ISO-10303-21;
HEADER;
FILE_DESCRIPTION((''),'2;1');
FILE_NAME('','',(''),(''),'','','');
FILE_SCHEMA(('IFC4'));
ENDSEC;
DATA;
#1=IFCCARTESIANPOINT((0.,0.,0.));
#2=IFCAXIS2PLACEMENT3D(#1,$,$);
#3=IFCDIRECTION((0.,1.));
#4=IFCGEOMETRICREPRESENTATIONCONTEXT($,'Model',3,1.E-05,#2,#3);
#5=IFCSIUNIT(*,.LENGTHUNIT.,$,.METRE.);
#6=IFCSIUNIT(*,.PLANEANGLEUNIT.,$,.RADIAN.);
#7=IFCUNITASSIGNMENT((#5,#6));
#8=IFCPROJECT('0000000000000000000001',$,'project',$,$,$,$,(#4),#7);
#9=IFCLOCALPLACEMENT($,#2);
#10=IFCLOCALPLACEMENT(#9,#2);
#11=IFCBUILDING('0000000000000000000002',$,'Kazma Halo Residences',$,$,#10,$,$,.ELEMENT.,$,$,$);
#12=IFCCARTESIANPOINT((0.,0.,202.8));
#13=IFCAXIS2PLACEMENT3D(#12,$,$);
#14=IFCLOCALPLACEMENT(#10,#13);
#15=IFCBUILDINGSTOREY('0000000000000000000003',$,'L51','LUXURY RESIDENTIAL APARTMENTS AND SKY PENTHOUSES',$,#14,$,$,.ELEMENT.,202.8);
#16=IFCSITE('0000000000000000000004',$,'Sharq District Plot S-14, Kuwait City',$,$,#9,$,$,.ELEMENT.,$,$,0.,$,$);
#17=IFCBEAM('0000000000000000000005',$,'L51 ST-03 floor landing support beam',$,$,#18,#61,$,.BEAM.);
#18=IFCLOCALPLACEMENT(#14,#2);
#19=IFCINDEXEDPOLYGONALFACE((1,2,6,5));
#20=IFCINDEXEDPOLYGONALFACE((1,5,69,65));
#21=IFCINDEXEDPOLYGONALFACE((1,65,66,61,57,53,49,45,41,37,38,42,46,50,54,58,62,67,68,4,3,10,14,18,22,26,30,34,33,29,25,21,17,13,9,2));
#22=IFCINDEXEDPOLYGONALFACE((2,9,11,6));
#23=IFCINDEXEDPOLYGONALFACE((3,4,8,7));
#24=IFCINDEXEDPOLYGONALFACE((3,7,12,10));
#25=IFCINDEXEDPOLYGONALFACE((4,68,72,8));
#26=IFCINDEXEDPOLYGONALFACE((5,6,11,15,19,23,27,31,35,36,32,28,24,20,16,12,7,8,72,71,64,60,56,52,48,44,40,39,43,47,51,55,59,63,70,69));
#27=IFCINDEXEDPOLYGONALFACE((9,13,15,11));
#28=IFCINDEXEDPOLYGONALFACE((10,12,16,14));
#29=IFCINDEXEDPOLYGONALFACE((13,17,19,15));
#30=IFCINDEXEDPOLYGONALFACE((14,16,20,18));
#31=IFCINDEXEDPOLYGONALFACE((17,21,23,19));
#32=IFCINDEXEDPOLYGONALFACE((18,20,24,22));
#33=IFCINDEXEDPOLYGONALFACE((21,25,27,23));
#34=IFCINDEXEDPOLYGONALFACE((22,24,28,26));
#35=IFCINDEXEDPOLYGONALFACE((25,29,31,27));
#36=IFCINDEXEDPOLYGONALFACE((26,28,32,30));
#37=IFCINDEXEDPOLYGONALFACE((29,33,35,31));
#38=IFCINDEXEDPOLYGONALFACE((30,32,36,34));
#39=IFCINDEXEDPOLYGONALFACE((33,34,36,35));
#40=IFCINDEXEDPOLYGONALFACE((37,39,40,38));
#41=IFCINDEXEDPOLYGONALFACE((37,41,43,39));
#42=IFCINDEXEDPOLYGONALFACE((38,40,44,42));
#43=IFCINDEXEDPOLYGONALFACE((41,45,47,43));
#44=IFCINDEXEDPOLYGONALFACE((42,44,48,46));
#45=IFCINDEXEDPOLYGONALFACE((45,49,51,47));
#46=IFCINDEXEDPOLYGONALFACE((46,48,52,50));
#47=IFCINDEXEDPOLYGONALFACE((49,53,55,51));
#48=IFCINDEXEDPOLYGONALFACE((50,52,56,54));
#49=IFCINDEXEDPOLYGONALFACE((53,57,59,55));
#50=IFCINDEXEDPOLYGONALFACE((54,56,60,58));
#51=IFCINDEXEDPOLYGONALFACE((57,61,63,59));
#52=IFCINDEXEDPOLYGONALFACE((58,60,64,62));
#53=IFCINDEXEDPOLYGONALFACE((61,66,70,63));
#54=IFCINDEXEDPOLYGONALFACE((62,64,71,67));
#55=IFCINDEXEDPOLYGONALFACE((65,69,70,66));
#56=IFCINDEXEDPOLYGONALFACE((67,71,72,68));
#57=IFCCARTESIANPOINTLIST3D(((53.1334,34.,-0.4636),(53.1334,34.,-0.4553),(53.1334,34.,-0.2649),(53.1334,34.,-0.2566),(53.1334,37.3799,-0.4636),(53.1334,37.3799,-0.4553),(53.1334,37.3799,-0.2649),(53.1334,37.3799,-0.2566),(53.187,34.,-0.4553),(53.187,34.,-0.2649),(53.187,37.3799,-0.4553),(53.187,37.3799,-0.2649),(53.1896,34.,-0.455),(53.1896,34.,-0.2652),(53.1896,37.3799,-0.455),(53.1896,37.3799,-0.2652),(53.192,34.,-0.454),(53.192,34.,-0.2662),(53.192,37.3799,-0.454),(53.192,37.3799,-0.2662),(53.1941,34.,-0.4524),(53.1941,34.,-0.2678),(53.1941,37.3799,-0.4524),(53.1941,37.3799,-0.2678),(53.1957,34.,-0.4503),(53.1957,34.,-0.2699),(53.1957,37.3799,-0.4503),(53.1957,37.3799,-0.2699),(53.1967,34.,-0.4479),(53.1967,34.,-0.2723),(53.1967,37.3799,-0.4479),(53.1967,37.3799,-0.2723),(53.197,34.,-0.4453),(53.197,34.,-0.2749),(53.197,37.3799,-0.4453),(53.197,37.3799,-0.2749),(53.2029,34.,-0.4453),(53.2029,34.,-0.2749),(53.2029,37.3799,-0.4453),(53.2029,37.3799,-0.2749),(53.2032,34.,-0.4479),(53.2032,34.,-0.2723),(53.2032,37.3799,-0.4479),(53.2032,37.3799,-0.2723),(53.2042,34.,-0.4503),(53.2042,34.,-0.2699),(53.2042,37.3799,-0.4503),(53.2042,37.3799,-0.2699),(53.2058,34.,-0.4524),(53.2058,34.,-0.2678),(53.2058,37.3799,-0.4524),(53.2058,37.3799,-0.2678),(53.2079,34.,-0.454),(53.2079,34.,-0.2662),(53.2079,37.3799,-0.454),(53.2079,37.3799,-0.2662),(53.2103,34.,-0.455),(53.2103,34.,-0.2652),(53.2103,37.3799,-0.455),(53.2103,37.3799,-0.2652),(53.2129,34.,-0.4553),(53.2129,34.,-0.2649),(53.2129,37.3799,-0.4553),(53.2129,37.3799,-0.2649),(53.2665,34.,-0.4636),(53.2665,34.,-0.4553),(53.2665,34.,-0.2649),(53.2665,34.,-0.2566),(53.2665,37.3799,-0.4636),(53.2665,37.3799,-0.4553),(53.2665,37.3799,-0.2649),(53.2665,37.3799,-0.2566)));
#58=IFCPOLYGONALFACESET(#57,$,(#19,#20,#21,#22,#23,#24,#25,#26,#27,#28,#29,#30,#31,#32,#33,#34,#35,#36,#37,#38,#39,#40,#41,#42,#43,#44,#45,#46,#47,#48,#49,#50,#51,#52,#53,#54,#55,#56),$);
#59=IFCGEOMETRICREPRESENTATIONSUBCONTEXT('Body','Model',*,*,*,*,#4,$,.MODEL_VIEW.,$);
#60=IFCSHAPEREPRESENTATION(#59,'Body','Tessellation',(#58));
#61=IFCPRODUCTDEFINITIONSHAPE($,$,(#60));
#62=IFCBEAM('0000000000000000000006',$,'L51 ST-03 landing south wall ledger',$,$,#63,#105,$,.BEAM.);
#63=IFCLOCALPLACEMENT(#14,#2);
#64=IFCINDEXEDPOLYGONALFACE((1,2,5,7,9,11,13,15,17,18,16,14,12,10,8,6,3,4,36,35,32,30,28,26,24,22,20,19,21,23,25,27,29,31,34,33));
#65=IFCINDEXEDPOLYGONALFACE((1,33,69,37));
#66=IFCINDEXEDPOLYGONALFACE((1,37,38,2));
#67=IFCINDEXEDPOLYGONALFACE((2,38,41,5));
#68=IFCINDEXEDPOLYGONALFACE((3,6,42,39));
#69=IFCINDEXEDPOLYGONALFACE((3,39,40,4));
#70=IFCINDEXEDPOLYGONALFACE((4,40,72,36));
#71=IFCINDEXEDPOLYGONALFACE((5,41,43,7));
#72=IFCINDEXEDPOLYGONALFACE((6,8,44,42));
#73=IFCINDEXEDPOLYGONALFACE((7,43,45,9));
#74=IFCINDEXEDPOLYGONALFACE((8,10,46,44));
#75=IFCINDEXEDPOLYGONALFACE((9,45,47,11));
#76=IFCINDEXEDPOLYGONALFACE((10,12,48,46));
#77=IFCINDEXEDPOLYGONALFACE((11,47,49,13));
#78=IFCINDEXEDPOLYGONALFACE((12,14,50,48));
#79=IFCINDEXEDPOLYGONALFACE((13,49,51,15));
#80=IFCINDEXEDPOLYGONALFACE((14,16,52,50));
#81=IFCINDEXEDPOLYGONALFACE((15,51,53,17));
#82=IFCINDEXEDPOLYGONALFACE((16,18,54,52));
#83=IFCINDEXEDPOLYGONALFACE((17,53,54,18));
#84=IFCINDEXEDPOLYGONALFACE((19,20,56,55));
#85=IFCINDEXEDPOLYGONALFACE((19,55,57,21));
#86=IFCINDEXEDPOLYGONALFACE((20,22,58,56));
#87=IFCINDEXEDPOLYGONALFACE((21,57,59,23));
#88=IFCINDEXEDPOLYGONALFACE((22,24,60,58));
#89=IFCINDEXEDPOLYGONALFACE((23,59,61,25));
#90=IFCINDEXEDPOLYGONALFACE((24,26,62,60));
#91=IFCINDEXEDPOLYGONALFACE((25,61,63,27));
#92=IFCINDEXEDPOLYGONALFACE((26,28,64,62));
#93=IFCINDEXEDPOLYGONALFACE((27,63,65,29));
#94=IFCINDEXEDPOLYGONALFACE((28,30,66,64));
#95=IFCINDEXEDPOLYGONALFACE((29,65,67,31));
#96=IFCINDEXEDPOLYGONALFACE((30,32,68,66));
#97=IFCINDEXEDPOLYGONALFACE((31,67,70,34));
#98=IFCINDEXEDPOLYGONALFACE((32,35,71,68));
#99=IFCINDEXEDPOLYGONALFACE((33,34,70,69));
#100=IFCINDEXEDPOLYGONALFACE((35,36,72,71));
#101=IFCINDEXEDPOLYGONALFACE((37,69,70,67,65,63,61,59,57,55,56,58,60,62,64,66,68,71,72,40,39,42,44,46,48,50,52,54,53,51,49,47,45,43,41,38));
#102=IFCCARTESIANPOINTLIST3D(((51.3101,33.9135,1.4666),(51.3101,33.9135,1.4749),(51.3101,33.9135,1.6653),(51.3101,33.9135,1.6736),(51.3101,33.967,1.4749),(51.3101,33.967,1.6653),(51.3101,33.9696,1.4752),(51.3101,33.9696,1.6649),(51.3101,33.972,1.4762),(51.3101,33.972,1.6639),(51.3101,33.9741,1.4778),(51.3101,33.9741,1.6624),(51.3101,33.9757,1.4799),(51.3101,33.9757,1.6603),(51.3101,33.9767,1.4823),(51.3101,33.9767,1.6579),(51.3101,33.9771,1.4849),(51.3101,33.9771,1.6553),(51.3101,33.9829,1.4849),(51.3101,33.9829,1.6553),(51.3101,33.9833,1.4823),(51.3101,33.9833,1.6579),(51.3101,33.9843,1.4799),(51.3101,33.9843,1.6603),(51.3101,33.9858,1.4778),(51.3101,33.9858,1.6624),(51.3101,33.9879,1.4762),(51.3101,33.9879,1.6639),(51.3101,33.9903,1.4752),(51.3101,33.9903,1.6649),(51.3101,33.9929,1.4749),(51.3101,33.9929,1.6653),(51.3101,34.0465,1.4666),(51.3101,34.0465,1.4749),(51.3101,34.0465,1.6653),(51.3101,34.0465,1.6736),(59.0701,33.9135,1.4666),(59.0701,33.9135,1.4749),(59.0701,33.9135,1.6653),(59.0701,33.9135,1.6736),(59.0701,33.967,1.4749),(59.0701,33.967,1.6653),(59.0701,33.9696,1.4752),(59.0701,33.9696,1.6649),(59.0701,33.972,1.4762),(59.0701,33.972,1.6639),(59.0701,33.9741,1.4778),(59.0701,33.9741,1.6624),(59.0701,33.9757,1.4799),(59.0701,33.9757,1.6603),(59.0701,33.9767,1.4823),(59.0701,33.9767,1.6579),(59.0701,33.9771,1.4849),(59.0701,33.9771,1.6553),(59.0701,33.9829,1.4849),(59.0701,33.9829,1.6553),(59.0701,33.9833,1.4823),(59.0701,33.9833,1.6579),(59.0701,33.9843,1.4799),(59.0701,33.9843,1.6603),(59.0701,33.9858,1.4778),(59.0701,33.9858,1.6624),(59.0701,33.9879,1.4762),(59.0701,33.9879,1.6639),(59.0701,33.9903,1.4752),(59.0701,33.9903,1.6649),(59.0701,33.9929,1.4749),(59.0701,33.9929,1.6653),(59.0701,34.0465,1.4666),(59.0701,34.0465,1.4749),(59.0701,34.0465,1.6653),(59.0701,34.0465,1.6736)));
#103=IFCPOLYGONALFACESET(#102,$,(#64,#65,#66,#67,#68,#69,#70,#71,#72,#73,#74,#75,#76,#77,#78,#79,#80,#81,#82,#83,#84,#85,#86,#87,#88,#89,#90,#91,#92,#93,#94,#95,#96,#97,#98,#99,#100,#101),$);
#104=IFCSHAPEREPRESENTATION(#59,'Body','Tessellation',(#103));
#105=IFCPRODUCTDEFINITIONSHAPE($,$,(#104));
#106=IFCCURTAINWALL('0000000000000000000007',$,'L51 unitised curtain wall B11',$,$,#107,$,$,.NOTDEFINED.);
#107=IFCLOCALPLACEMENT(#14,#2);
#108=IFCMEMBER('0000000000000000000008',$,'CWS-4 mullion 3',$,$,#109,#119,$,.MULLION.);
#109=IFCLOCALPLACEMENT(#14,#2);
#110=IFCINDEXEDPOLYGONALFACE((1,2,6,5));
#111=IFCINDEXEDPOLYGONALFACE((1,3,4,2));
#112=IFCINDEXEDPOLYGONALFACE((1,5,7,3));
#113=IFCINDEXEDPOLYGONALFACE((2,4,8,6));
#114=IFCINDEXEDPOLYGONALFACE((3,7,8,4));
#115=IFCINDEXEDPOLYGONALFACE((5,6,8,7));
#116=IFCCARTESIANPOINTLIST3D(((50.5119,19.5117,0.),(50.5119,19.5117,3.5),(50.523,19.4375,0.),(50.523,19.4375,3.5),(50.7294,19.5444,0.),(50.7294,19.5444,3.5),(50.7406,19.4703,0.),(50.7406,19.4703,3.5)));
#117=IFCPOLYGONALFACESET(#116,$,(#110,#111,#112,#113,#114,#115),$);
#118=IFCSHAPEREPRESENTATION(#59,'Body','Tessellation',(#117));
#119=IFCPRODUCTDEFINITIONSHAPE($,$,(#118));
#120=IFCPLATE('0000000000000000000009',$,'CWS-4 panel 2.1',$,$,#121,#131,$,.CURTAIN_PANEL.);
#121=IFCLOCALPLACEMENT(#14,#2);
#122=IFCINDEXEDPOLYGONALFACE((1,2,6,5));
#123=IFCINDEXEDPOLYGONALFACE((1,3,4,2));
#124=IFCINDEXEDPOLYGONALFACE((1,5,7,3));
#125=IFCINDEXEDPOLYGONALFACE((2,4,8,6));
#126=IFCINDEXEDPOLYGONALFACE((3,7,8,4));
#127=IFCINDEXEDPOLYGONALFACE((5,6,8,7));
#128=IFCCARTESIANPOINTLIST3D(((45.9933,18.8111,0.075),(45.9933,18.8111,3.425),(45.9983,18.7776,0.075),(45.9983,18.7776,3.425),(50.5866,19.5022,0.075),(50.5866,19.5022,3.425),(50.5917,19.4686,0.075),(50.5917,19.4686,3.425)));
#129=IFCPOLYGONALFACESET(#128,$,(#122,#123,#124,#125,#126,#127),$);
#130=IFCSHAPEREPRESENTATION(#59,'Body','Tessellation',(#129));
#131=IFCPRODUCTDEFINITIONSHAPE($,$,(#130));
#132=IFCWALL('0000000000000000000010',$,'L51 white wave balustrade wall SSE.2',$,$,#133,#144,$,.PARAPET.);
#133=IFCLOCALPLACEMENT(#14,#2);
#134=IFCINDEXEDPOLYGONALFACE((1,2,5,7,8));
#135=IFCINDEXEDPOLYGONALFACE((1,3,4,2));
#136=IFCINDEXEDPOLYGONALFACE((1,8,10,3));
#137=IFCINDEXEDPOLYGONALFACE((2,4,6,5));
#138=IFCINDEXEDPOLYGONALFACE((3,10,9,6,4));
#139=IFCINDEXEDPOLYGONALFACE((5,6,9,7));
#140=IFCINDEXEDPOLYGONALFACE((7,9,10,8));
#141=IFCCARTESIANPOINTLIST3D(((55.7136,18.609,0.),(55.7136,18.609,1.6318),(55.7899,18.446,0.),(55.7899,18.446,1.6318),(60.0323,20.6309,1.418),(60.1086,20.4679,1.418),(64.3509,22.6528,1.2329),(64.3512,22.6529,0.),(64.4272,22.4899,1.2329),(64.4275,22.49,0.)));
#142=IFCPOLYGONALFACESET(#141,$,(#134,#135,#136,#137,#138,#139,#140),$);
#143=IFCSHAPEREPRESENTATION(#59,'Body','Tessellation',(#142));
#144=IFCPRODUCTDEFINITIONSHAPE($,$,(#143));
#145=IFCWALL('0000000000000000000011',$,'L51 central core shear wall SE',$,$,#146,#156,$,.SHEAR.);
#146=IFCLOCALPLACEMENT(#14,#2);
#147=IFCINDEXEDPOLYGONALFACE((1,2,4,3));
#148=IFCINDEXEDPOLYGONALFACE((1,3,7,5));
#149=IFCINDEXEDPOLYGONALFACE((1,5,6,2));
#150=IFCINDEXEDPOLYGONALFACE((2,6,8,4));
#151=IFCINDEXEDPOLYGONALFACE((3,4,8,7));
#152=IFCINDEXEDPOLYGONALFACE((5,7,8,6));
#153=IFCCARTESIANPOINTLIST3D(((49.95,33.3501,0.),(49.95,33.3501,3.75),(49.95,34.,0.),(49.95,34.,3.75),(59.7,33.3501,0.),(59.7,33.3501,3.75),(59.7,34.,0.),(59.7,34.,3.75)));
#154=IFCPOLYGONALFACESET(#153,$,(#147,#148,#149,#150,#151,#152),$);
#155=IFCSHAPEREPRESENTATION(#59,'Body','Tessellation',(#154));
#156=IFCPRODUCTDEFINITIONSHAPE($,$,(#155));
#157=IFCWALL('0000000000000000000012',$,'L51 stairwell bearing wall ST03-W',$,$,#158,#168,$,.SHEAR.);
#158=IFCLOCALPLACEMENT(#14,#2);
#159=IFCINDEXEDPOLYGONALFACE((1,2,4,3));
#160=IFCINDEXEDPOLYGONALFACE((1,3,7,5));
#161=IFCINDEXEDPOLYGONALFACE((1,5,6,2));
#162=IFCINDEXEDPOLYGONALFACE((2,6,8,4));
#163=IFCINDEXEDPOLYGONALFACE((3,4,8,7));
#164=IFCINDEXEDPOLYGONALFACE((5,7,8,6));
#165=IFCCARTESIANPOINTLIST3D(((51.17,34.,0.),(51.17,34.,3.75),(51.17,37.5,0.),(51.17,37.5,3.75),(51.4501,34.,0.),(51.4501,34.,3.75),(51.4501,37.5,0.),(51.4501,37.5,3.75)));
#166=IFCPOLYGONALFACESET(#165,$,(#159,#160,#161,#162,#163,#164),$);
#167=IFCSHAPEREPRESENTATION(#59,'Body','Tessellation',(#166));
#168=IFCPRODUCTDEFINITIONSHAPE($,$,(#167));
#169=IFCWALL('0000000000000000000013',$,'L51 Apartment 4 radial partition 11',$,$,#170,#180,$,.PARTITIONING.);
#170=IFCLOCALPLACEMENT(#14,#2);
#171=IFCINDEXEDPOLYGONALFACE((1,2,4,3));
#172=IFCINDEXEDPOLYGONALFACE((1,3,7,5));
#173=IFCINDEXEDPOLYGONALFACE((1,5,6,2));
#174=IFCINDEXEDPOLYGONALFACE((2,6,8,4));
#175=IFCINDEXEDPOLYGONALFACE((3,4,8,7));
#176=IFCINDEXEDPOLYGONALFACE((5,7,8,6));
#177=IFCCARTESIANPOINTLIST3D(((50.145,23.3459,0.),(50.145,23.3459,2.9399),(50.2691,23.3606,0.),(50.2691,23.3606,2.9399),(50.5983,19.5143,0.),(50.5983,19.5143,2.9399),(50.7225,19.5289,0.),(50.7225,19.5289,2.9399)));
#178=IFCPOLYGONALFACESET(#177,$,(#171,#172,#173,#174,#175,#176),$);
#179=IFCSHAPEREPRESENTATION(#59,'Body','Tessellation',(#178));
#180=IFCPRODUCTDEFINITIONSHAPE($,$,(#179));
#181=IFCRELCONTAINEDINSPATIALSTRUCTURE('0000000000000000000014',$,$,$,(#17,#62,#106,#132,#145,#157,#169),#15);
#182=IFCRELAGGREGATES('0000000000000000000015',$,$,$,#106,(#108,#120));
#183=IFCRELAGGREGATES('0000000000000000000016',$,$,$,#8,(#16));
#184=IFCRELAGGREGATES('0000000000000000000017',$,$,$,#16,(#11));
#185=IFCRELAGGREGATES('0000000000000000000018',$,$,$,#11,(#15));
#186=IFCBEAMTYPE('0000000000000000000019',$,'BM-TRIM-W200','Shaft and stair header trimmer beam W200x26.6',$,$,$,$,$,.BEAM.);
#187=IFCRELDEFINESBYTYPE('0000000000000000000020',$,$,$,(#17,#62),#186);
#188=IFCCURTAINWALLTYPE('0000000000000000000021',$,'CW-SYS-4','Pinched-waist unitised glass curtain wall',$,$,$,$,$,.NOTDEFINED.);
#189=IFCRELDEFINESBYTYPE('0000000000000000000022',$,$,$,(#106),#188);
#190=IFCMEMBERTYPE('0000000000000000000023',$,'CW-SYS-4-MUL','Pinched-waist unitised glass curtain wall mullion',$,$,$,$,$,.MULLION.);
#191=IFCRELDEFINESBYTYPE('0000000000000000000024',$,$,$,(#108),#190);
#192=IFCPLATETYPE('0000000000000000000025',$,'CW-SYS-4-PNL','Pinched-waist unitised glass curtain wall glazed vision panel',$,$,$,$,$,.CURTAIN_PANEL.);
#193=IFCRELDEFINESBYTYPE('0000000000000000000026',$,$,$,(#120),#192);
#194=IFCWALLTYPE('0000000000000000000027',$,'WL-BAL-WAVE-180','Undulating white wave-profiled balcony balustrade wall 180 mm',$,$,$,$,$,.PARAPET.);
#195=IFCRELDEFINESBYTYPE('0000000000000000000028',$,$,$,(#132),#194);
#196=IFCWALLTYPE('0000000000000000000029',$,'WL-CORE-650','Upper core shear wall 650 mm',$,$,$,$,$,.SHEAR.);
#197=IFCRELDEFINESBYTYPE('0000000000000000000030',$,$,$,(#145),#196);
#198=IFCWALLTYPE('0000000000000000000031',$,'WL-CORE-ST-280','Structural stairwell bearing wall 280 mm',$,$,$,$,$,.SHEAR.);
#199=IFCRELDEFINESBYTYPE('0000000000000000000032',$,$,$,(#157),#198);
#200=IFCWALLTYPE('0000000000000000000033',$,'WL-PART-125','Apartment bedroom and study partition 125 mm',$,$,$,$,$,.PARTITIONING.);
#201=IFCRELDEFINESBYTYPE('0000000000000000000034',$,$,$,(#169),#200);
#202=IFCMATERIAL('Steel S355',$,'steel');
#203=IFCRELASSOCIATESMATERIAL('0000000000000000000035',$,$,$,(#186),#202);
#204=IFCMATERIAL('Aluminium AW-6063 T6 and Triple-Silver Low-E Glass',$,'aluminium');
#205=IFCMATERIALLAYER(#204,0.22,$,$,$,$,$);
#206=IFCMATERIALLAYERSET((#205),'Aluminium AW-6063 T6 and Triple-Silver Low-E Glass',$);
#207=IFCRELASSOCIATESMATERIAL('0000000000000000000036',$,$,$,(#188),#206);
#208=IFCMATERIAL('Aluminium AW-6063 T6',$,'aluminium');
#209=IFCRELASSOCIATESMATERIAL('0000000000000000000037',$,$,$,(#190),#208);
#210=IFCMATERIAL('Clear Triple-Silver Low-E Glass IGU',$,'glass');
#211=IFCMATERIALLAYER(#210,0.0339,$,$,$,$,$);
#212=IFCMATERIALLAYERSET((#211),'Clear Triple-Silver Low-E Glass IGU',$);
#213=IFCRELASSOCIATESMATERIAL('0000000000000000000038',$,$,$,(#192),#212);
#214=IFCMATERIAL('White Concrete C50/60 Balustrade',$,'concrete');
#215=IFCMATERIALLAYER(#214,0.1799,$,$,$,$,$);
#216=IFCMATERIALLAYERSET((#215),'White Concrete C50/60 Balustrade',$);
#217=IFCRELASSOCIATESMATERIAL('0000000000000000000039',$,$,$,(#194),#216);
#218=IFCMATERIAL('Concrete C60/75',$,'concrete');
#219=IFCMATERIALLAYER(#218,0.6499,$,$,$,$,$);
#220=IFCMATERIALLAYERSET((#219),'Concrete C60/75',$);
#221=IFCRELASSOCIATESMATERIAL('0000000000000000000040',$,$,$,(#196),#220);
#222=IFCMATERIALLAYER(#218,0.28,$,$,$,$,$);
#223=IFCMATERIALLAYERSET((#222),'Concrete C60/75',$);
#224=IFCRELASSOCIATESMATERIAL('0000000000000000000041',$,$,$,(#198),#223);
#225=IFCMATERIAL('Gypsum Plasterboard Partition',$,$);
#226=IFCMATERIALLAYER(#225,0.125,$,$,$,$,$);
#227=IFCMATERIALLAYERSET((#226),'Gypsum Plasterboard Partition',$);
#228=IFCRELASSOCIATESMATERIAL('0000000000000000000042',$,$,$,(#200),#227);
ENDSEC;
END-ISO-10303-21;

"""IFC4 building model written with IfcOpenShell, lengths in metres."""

from ifc_helpers import new_model, si_unit, direction, frame, frame_2d, origin, origin_2d, place, context, subcontext, project, spatial, polyline, rectangle, i_section, outline, extrude, material, layer, layer_set, material_profile, profile_set, type_object, element, aggregate, save


model = new_model("IFC4")

# Units and contexts
model_context = context("Model", 3, precision=1e-05, world=origin(), true_north=direction((0.0, 1.0)))
body_context = subcontext(model_context, "Body", "Model", "MODEL_VIEW")
ifc_project = project(units=[si_unit("LENGTHUNIT", "METRE"), si_unit("PLANEANGLEUNIT", "RADIAN")], contexts=[model_context])

# Site, building, storey
site_placement = place(None, origin())
site = spatial("IfcSite", under=ifc_project, at=site_placement, Name="Sharq District Plot S-14, Kuwait City", CompositionType="ELEMENT", RefElevation=0.0)
building_placement = place(site_placement, origin())
building = spatial("IfcBuilding", under=site, at=building_placement, Name="Kazma Halo Residences", CompositionType="ELEMENT")
storey_placement = place(building_placement, frame((0.0, 0.0, 202.8)))
storey = spatial("IfcBuildingStorey", under=building, at=storey_placement, Name="L51", Description="LUXURY RESIDENTIAL APARTMENTS AND SKY PENTHOUSES", CompositionType="ELEMENT", Elevation=202.8)

# Beams
ifc_material_1 = material(Name="Steel S355", Category="steel")
ifc_material_profile_1 = material_profile(ifc_material_1, i_section(OverallWidth=0.1331, OverallDepth=0.207, WebThickness=0.0059, FlangeThickness=0.0083, FilletRadius=0.01, at=origin_2d()), Name="W200x26.6")
ifc_profile_set_1 = profile_set([ifc_material_profile_1], Name="Steel S355")
beam_type_1 = type_object("IfcBeamType", Name="BM-TRIM-W200", Description="Shaft and stair header trimmer beam W200x26.6", PredefinedType="BEAM", material=ifc_profile_set_1)
beam_1_placement = place(storey_placement, frame((53.2, 34.0, -0.3601), z_axis=(0.0, 1.0, 0.0), x_axis=(-1.0, 0.0, 0.0)))
element("IfcBeam", 1, at=beam_1_placement, inside=storey, type_object=beam_type_1, Name="L51 ST-03 floor landing support beam", PredefinedType="BEAM", context=body_context, shape_type="SweptSolid", body=[
    extrude(i_section(OverallWidth=0.1331, OverallDepth=0.207, WebThickness=0.0059, FlangeThickness=0.0083, FilletRadius=0.01, at=origin_2d()), origin(), (0.0, 0.0, 1.0), 3.3799),
])
beam_2_placement = place(storey_placement, frame((51.3101, 33.98, 1.5701), z_axis=(1.0, 0.0, 0.0), x_axis=(0.0, 1.0, 0.0)))
element("IfcBeam", 2, at=beam_2_placement, inside=storey, type_object=beam_type_1, Name="L51 ST-03 landing south wall ledger", PredefinedType="BEAM", context=body_context, shape_type="SweptSolid", body=[
    extrude(i_section(OverallWidth=0.1331, OverallDepth=0.207, WebThickness=0.0059, FlangeThickness=0.0083, FilletRadius=0.01, at=origin_2d()), origin(), (0.0, 0.0, 1.0), 7.76),
])

# Curtain wall, member, plate
ifc_material_2 = material(Name="Aluminium AW-6063 T6 and Triple-Silver Low-E Glass", Category="aluminium")
ifc_layer_1 = layer(ifc_material_2, 0.22)
ifc_layer_set_1 = layer_set([ifc_layer_1], Name="Aluminium AW-6063 T6 and Triple-Silver Low-E Glass")
curtain_wall_type = type_object("IfcCurtainWallType", Name="CW-SYS-4", Description="Pinched-waist unitised glass curtain wall", PredefinedType="NOTDEFINED", material=ifc_layer_set_1)
curtain_wall_placement = place(storey_placement, origin())
curtain_wall = element("IfcCurtainWall", 3, at=curtain_wall_placement, inside=storey, type_object=curtain_wall_type, Name="L51 unitised curtain wall B11", PredefinedType="NOTDEFINED")
ifc_material_3 = material(Name="Aluminium AW-6063 T6", Category="aluminium")
ifc_material_profile_2 = material_profile(ifc_material_3, rectangle(XDim=0.075, YDim=0.22, at=origin_2d()), Name="CWM-75x220")
ifc_profile_set_2 = profile_set([ifc_material_profile_2], Name="Aluminium AW-6063 T6")
member_type = type_object("IfcMemberType", Name="CW-SYS-4-MUL", Description="Pinched-waist unitised glass curtain wall mullion", PredefinedType="MULLION", material=ifc_profile_set_2)
member_placement = place(storey_placement, frame((50.6262, 19.491, 0.0), z_axis=(0.0, 0.0, 1.0), x_axis=(-0.148773, 0.988871, 0.0)))
member = element("IfcMember", 4, at=member_placement, type_object=member_type, Name="CWS-4 mullion 3", PredefinedType="MULLION", context=body_context, shape_type="SweptSolid", body=[
    extrude(rectangle(XDim=0.075, YDim=0.22, at=origin_2d()), origin(), (0.0, 0.0, 1.0), 3.5),
])
ifc_material_4 = material(Name="Clear Triple-Silver Low-E Glass IGU", Category="glass")
ifc_layer_2 = layer(ifc_material_4, 0.0339)
ifc_layer_set_2 = layer_set([ifc_layer_2], Name="Clear Triple-Silver Low-E Glass IGU")
plate_type = type_object("IfcPlateType", Name="CW-SYS-4-PNL", Description="Pinched-waist unitised glass curtain wall glazed vision panel", PredefinedType="CURTAIN_PANEL", material=ifc_layer_set_2)
plate_placement = place(storey_placement, frame((48.2925, 19.1399, 0.075), z_axis=(0.0, 0.0, 1.0), x_axis=(0.988871, 0.148773, 0.0)))
plate = element("IfcPlate", 5, at=plate_placement, type_object=plate_type, Name="CWS-4 panel 2.1", PredefinedType="CURTAIN_PANEL", context=body_context, shape_type="SweptSolid", body=[
    extrude(rectangle(XDim=4.645, YDim=0.0339, at=origin_2d()), origin(), (0.0, 0.0, 1.0), 3.3501),
])
aggregate(curtain_wall, [member, plate])

# Walls
ifc_material_5 = material(Name="White Concrete C50/60 Balustrade", Category="concrete")
ifc_layer_3 = layer(ifc_material_5, 0.1799)
ifc_layer_set_3 = layer_set([ifc_layer_3], Name="White Concrete C50/60 Balustrade")
wall_type_1 = type_object("IfcWallType", Name="WL-BAL-WAVE-180", Description="Undulating white wave-profiled balcony balustrade wall 180 mm", PredefinedType="PARAPET", material=ifc_layer_set_3)
wall_1_placement = place(storey_placement, frame((55.7517, 18.5276, 0.0), z_axis=(0.0, 0.0, 1.0), x_axis=(0.905655, 0.424016, 0.0)))
element("IfcWall", 6, at=wall_1_placement, inside=storey, type_object=wall_type_1, Name="L51 white wave balustrade wall SSE.2", PredefinedType="PARAPET", context=body_context, shape_type="SweptSolid", body=[
    extrude(outline(polyline([(0.0, 0.0), (9.5374, 0.0), (9.5371, 1.2329), (4.7686, 1.418), (0.0, 1.6318), (0.0, 0.0)])), frame((0.0, 0.0898, 0.0), z_axis=(0.0, -1.0, 0.0), x_axis=(1.0, 0.0, 0.0)), (0.0, 0.0, 1.0), 0.1799),
])
ifc_material_6 = material(Name="Concrete C60/75", Category="concrete")
ifc_layer_4 = layer(ifc_material_6, 0.6499)
ifc_layer_set_4 = layer_set([ifc_layer_4], Name="Concrete C60/75")
wall_type_2 = type_object("IfcWallType", Name="WL-CORE-650", Description="Upper core shear wall 650 mm", PredefinedType="SHEAR", material=ifc_layer_set_4)
wall_2_placement = place(storey_placement, frame((49.95, 33.675, 0.0), z_axis=(0.0, 0.0, 1.0), x_axis=(1.0, 0.0, 0.0)))
element("IfcWall", 7, at=wall_2_placement, inside=storey, type_object=wall_type_2, Name="L51 central core shear wall SE", PredefinedType="SHEAR", context=body_context, shape_type="SweptSolid", body=[
    extrude(rectangle(XDim=9.75, YDim=0.6499, at=frame_2d((4.875, 0.0))), origin(), (0.0, 0.0, 1.0), 3.75),
])
ifc_layer_5 = layer(ifc_material_6, 0.28)
ifc_layer_set_5 = layer_set([ifc_layer_5], Name="Concrete C60/75")
wall_type_3 = type_object("IfcWallType", Name="WL-CORE-ST-280", Description="Structural stairwell bearing wall 280 mm", PredefinedType="SHEAR", material=ifc_layer_set_5)
wall_3_placement = place(storey_placement, frame((51.3101, 34.0, 0.0), z_axis=(0.0, 0.0, 1.0), x_axis=(0.0, 1.0, 0.0)))
element("IfcWall", 8, at=wall_3_placement, inside=storey, type_object=wall_type_3, Name="L51 stairwell bearing wall ST03-W", PredefinedType="SHEAR", context=body_context, shape_type="SweptSolid", body=[
    extrude(rectangle(XDim=3.5, YDim=0.28, at=frame_2d((1.75, 0.0))), origin(), (0.0, 0.0, 1.0), 3.75),
])

# Wall
ifc_material_7 = material(Name="Gypsum Plasterboard Partition")
ifc_layer_6 = layer(ifc_material_7, 0.125)
ifc_layer_set_6 = layer_set([ifc_layer_6], Name="Gypsum Plasterboard Partition")
wall_type_4 = type_object("IfcWallType", Name="WL-PART-125", Description="Apartment bedroom and study partition 125 mm", PredefinedType="PARTITIONING", material=ifc_layer_set_6)
wall_4_placement = place(storey_placement, frame((50.207, 23.3533, 0.0), z_axis=(0.0, 0.0, 1.0), x_axis=(0.117498, -0.993073, 0.0)))
element("IfcWall", 9, at=wall_4_placement, inside=storey, type_object=wall_type_4, Name="L51 Apartment 4 radial partition 11", PredefinedType="PARTITIONING", context=body_context, shape_type="SweptSolid", body=[
    extrude(rectangle(XDim=3.8584, YDim=0.125, at=frame_2d((1.9292, 0.0))), origin(), (0.0, 0.0, 1.0), 2.9399),
])

save(model, "model.ifc")
